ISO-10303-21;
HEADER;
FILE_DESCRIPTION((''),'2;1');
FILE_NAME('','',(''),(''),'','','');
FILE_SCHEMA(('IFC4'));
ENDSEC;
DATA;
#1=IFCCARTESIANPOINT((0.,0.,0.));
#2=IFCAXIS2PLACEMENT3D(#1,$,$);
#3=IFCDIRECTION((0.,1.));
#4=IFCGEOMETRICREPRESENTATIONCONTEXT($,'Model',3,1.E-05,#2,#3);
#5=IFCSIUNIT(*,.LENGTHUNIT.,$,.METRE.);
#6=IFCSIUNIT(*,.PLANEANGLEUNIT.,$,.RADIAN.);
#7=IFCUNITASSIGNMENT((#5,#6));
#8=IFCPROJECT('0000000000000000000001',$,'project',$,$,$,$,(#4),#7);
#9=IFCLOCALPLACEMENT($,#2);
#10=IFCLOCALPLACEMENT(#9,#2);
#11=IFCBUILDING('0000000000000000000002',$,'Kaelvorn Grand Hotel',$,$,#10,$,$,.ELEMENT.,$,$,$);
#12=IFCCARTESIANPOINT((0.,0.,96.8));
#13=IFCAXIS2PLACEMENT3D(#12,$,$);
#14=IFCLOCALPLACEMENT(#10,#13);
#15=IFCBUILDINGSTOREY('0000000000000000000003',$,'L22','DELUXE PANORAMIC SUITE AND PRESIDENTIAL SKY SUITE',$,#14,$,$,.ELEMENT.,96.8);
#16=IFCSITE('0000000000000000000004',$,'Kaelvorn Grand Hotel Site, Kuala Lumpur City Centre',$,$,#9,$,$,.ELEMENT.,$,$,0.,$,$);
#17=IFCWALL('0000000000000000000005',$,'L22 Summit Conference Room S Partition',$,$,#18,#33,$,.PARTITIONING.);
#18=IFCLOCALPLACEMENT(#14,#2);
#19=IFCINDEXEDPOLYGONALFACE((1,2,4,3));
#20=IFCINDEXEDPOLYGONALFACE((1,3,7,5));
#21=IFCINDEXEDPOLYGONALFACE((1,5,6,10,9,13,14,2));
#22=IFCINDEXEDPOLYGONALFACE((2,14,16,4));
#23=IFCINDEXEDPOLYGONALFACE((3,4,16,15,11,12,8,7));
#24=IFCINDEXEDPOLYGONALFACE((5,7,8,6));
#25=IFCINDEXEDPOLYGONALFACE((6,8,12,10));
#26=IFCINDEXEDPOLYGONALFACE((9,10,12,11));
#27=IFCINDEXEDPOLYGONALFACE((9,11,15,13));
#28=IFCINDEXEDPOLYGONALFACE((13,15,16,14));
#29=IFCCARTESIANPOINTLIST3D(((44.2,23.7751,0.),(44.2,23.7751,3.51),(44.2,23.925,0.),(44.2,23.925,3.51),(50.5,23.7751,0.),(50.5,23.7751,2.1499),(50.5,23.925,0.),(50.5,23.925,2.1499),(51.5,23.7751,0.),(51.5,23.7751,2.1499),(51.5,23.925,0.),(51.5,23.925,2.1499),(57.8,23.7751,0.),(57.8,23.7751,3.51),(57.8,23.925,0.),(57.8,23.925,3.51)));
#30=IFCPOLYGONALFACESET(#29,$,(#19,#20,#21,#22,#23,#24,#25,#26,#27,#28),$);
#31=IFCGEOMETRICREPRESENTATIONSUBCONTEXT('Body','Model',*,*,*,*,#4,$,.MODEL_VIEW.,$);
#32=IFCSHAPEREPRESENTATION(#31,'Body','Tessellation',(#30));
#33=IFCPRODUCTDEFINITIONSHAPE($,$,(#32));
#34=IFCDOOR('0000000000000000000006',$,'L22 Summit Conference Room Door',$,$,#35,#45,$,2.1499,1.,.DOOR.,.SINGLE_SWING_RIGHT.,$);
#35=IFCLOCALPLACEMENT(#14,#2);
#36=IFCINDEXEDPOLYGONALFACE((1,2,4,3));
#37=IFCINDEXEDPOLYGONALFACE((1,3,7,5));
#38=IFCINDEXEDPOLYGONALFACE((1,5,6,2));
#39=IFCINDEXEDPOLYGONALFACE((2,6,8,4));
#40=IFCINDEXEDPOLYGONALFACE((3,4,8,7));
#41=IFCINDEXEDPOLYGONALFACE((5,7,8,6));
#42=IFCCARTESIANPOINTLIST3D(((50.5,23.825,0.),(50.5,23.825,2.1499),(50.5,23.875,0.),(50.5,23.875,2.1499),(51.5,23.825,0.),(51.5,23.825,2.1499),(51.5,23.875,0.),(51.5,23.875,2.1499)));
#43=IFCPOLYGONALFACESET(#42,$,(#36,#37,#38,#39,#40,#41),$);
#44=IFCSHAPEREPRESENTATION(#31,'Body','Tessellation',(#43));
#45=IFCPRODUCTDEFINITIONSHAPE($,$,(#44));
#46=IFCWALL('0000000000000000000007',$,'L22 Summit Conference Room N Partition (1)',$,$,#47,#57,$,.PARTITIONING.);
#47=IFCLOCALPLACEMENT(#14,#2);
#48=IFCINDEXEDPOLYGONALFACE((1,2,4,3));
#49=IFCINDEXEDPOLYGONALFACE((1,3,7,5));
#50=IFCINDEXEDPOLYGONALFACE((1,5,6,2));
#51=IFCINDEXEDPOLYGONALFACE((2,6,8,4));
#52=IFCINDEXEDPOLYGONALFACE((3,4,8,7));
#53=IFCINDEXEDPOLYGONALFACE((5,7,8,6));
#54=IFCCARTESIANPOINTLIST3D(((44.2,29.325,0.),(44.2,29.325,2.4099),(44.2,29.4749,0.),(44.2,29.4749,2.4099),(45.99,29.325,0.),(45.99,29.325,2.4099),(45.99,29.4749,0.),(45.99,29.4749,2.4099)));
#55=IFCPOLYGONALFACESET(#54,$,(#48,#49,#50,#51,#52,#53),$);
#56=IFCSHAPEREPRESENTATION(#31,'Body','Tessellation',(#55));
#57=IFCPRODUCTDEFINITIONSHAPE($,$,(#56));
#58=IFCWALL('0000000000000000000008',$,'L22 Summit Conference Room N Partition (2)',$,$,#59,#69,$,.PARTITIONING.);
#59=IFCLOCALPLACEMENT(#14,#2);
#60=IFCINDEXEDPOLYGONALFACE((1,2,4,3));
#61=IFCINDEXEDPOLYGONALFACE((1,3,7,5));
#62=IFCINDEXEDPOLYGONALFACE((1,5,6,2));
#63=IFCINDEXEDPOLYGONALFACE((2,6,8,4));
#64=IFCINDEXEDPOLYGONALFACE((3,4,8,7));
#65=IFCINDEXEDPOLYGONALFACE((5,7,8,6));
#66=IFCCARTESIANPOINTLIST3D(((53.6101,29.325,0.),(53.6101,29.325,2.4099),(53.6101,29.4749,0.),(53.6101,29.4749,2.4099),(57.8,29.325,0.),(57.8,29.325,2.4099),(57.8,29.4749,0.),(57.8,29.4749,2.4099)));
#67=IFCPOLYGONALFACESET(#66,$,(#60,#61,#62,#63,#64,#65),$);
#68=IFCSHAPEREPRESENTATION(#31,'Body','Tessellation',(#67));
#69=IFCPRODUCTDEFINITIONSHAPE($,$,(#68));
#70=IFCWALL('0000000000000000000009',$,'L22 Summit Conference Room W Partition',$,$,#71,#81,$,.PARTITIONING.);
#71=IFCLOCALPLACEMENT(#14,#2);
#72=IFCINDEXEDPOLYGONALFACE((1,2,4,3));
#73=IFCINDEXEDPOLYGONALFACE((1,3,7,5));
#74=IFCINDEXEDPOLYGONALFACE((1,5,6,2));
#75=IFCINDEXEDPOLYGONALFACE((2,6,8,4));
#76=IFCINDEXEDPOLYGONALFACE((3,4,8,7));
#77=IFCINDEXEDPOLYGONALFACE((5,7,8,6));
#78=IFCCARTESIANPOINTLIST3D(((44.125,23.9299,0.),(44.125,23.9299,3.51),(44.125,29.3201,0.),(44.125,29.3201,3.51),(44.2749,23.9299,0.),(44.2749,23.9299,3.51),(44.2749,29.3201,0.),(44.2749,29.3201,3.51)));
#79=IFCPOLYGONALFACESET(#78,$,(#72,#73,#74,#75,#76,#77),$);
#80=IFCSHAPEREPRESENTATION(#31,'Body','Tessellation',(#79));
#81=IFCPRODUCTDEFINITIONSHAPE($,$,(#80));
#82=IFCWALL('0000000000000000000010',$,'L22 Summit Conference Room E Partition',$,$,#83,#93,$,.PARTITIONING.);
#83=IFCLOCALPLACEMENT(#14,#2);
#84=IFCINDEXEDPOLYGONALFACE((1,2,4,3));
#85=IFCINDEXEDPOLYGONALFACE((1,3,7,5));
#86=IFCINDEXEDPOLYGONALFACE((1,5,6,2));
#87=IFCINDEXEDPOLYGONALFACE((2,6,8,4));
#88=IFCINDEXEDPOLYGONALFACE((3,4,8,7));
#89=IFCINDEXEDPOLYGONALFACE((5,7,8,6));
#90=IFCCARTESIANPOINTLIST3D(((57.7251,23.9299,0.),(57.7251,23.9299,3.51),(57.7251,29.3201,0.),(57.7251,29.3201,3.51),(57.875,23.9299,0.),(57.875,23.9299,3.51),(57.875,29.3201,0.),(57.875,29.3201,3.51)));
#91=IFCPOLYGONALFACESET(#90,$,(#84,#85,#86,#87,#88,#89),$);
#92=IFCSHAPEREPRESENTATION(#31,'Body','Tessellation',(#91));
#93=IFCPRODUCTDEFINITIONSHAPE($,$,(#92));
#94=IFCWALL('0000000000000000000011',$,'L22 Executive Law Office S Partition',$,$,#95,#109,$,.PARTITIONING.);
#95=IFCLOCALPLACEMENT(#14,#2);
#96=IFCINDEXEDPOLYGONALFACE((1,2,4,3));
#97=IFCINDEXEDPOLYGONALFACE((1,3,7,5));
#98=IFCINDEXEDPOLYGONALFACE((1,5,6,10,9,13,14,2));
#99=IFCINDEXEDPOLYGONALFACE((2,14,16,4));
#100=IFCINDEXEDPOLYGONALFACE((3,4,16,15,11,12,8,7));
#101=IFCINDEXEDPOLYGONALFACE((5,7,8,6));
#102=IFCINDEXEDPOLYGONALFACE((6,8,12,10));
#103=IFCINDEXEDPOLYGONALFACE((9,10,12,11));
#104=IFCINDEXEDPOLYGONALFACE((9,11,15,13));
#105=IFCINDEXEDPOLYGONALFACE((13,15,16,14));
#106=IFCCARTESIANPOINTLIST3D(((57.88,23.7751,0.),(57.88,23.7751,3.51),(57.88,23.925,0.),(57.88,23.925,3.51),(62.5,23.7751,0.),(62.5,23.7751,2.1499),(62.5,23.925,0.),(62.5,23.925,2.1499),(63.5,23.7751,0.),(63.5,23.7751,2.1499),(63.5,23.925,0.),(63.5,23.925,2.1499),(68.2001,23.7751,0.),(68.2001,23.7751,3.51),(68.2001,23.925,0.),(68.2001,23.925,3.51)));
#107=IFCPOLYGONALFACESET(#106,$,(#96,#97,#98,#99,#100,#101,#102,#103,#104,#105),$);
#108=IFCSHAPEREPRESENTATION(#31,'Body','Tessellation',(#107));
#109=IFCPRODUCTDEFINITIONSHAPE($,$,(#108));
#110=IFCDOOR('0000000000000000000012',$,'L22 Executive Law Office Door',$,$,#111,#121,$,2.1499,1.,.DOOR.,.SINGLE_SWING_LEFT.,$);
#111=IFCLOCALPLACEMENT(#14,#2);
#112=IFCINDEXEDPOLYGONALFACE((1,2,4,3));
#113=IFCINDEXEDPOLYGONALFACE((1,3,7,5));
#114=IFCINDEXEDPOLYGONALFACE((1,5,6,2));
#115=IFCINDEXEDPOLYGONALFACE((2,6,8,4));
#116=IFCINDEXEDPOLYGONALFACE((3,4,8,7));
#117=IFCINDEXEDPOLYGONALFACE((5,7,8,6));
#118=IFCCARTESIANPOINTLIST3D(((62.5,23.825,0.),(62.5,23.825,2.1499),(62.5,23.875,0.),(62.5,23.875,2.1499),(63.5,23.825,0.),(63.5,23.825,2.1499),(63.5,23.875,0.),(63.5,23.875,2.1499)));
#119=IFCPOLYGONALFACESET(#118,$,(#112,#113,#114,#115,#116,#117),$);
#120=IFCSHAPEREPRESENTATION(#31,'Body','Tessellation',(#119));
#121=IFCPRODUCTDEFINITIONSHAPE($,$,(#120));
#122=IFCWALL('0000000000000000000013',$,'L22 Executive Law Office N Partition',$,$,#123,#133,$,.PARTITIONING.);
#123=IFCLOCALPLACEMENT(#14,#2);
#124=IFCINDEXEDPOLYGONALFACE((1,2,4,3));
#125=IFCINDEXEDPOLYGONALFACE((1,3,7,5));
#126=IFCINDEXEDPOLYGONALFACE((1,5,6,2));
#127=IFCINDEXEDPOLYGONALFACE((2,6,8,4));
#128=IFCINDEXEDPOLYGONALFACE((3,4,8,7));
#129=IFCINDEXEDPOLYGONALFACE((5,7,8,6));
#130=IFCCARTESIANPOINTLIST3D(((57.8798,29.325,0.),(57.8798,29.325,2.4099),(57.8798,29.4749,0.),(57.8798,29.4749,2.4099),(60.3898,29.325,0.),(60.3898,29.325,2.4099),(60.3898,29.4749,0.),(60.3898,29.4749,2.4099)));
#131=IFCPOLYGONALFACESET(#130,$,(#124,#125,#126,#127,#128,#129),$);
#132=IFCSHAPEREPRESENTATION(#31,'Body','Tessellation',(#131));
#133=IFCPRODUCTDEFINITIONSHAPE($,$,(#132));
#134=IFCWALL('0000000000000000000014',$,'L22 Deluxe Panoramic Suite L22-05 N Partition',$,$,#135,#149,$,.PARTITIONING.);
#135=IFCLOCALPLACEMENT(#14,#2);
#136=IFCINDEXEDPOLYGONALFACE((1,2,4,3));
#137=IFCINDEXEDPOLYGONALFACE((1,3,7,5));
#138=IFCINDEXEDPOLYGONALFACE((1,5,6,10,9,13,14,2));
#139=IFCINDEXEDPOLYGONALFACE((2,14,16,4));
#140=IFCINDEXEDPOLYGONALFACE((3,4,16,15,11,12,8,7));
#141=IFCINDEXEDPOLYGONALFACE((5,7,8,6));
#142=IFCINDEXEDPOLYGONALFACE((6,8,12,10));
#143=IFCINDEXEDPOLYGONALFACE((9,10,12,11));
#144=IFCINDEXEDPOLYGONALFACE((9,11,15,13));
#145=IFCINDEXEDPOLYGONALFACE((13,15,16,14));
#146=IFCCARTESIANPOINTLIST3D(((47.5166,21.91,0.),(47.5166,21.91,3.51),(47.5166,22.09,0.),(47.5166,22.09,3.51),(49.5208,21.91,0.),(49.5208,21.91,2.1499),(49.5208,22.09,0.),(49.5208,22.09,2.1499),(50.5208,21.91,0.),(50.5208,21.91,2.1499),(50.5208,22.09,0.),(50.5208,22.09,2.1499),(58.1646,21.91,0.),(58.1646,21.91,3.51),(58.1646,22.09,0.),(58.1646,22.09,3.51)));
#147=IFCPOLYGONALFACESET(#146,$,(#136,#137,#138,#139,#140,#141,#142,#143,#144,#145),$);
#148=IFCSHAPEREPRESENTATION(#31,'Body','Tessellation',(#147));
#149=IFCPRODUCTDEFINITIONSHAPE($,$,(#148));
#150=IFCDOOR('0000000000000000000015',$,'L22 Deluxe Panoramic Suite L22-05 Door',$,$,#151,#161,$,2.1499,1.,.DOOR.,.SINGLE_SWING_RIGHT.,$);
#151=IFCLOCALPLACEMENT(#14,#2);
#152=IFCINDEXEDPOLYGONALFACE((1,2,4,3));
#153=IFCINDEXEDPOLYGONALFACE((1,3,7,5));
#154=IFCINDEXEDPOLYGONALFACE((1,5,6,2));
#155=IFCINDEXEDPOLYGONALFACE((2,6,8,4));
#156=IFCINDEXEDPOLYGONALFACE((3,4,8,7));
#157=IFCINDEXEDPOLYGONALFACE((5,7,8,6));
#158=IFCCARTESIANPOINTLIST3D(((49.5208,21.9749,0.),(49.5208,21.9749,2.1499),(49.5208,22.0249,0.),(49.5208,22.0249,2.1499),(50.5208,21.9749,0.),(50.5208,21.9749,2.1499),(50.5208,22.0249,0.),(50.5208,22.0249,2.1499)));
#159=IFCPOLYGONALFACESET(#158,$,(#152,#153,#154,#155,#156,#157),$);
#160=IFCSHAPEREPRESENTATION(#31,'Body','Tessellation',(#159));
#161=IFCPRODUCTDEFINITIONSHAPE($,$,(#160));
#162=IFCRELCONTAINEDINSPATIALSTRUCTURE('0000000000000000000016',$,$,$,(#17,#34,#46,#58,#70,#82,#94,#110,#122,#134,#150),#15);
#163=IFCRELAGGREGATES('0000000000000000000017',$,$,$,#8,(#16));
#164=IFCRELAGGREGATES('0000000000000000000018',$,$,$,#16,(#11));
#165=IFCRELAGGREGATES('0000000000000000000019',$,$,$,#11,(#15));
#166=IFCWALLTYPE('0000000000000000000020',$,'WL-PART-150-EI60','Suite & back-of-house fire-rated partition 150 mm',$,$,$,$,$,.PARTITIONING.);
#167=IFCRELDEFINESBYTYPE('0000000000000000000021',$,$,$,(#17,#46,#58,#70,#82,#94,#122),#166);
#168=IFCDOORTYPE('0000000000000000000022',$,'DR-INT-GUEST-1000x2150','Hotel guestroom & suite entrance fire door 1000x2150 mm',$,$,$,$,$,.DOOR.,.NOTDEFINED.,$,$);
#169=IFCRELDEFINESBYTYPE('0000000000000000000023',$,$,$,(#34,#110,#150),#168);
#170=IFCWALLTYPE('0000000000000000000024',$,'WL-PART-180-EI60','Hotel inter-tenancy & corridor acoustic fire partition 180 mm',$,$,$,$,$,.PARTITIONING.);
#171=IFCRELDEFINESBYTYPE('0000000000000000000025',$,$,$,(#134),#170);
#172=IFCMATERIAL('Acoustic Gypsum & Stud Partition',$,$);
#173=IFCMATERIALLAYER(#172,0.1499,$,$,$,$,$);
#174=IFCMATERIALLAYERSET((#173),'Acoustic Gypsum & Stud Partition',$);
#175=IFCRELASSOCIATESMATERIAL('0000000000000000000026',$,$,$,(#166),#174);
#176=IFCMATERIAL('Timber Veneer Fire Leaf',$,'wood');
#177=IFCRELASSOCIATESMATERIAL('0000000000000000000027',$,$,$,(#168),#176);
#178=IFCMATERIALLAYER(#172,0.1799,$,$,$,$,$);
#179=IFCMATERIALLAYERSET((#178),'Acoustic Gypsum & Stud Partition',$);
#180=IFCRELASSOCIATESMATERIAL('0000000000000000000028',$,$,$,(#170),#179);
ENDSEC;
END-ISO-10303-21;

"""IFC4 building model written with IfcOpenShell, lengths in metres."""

from ifc_helpers import new_model, si_unit, direction, frame, frame_2d, origin, place, context, subcontext, project, spatial, rectangle, extrude, material, layer, layer_set, type_object, element, fill, save


model = new_model("IFC4")

# Units and contexts
model_context = context("Model", 3, precision=1e-05, world=origin(), true_north=direction((0.0, 1.0)))
body_context = subcontext(model_context, "Body", "Model", "MODEL_VIEW")
ifc_project = project(units=[si_unit("LENGTHUNIT", "METRE"), si_unit("PLANEANGLEUNIT", "RADIAN")], contexts=[model_context])

# Site, building, storey
site_placement = place(None, origin())
site = spatial("IfcSite", under=ifc_project, at=site_placement, Name="Kaelvorn Grand Hotel Site, Kuala Lumpur City Centre", CompositionType="ELEMENT", RefElevation=0.0)
building_placement = place(site_placement, origin())
building = spatial("IfcBuilding", under=site, at=building_placement, Name="Kaelvorn Grand Hotel", CompositionType="ELEMENT")
storey_placement = place(building_placement, frame((0.0, 0.0, 96.8)))
storey = spatial("IfcBuildingStorey", under=building, at=storey_placement, Name="L22", Description="DELUXE PANORAMIC SUITE AND PRESIDENTIAL SKY SUITE", CompositionType="ELEMENT", Elevation=96.8)

# Wall, opening, door
ifc_material_1 = material(Name="Acoustic Gypsum & Stud Partition")
ifc_layer_1 = layer(ifc_material_1, 0.1499)
ifc_layer_set_1 = layer_set([ifc_layer_1], Name="Acoustic Gypsum & Stud Partition")
wall_type_1 = type_object("IfcWallType", Name="WL-PART-150-EI60", Description="Suite & back-of-house fire-rated partition 150 mm", PredefinedType="PARTITIONING", material=ifc_layer_set_1)
wall_1_placement = place(storey_placement, frame((44.2, 23.8501, 0.0), z_axis=(0.0, 0.0, 1.0), x_axis=(1.0, 0.0, 0.0)))
wall_1 = element("IfcWall", 1, at=wall_1_placement, inside=storey, type_object=wall_type_1, Name="L22 Summit Conference Room S Partition", PredefinedType="PARTITIONING", context=body_context, shape_type="SweptSolid", body=[
    extrude(rectangle(XDim=13.6001, YDim=0.1499, at=frame_2d((6.8, 0.0))), origin(), (0.0, 0.0, 1.0), 3.51),
])
opening_1_placement = place(wall_1_placement, frame((6.3, 0.0, 0.0)))
opening_1 = element("IfcOpeningElement", 2, at=opening_1_placement, cuts=wall_1, PredefinedType="OPENING", context=body_context, shape_type="SweptSolid", body=[
    extrude(rectangle(XDim=1.0, YDim=2.1499, at=frame_2d((0.5, 1.075))), frame((0.0, 0.085, 0.0), z_axis=(0.0, -1.0, 0.0), x_axis=(1.0, 0.0, 0.0)), (0.0, 0.0, 1.0), 0.1699),
])
ifc_material_2 = material(Name="Timber Veneer Fire Leaf", Category="wood")
door_type_1 = type_object("IfcDoorType", Name="DR-INT-GUEST-1000x2150", Description="Hotel guestroom & suite entrance fire door 1000x2150 mm", OperationType="NOTDEFINED", PredefinedType="DOOR", material=ifc_material_2)
door_1_placement = place(opening_1_placement, origin())
door_1 = element("IfcDoor", 3, at=door_1_placement, inside=storey, type_object=door_type_1, Name="L22 Summit Conference Room Door", OperationType="SINGLE_SWING_RIGHT", OverallHeight=2.1499, OverallWidth=1.0, PredefinedType="DOOR", context=body_context, shape_type="SweptSolid", body=[
    extrude(rectangle(XDim=1.0, YDim=2.1499, at=frame_2d((0.5, 1.075))), frame((0.0, 0.0249, 0.0), z_axis=(0.0, -1.0, 0.0), x_axis=(1.0, 0.0, 0.0)), (0.0, 0.0, 1.0), 0.05),
])
fill(opening_1, door_1)

# Walls
wall_2_placement = place(storey_placement, frame((44.2, 29.3999, 0.0), z_axis=(0.0, 0.0, 1.0), x_axis=(1.0, 0.0, 0.0)))
element("IfcWall", 4, at=wall_2_placement, inside=storey, type_object=wall_type_1, Name="L22 Summit Conference Room N Partition (1)", PredefinedType="PARTITIONING", context=body_context, shape_type="SweptSolid", body=[
    extrude(rectangle(XDim=1.79, YDim=0.1499, at=frame_2d((0.895, 0.0))), origin(), (0.0, 0.0, 1.0), 2.4099),
])
wall_3_placement = place(storey_placement, frame((53.6101, 29.3999, 0.0), z_axis=(0.0, 0.0, 1.0), x_axis=(1.0, 0.0, 0.0)))
element("IfcWall", 5, at=wall_3_placement, inside=storey, type_object=wall_type_1, Name="L22 Summit Conference Room N Partition (2)", PredefinedType="PARTITIONING", context=body_context, shape_type="SweptSolid", body=[
    extrude(rectangle(XDim=4.1899, YDim=0.1499, at=frame_2d((2.095, 0.0))), origin(), (0.0, 0.0, 1.0), 2.4099),
])
for number, where, z_axis, x_axis, name in (
    (6, (44.2, 23.9299, 0.0), (0.0, 0.0, 1.0), (0.0, 1.0, 0.0), "L22 Summit Conference Room W Partition"),
    (7, (57.8, 23.9299, 0.0), (0.0, 0.0, 1.0), (0.0, 1.0, 0.0), "L22 Summit Conference Room E Partition"),
):
    element("IfcWall", number, at=place(storey_placement, frame(where, z_axis=z_axis, x_axis=x_axis)), inside=storey, type_object=wall_type_1, Name=name, PredefinedType="PARTITIONING", context=body_context, shape_type="SweptSolid", body=[
        extrude(rectangle(XDim=5.3901, YDim=0.1499, at=frame_2d((2.6951, 0.0))), origin(), (0.0, 0.0, 1.0), 3.51),
    ])

# Wall, opening, door
wall_4_placement = place(storey_placement, frame((57.8799, 23.8501, 0.0), z_axis=(0.0, 0.0, 1.0), x_axis=(1.0, 0.0, 0.0)))
wall_4 = element("IfcWall", 8, at=wall_4_placement, inside=storey, type_object=wall_type_1, Name="L22 Executive Law Office S Partition", PredefinedType="PARTITIONING", context=body_context, shape_type="SweptSolid", body=[
    extrude(rectangle(XDim=10.3201, YDim=0.1499, at=frame_2d((5.1602, 0.0))), origin(), (0.0, 0.0, 1.0), 3.51),
])
opening_2_placement = place(wall_4_placement, frame((4.6201, 0.0, 0.0)))
opening_2 = element("IfcOpeningElement", 9, at=opening_2_placement, cuts=wall_4, PredefinedType="OPENING", context=body_context, shape_type="SweptSolid", body=[
    extrude(rectangle(XDim=1.0, YDim=2.1499, at=frame_2d((0.5, 1.075))), frame((0.0, 0.085, 0.0), z_axis=(0.0, -1.0, 0.0), x_axis=(1.0, 0.0, 0.0)), (0.0, 0.0, 1.0), 0.1699),
])
door_2_placement = place(opening_2_placement, origin())
door_2 = element("IfcDoor", 10, at=door_2_placement, inside=storey, type_object=door_type_1, Name="L22 Executive Law Office Door", OperationType="SINGLE_SWING_LEFT", OverallHeight=2.1499, OverallWidth=1.0, PredefinedType="DOOR", context=body_context, shape_type="SweptSolid", body=[
    extrude(rectangle(XDim=1.0, YDim=2.1499, at=frame_2d((0.5, 1.075))), frame((0.0, 0.0249, 0.0), z_axis=(0.0, -1.0, 0.0), x_axis=(1.0, 0.0, 0.0)), (0.0, 0.0, 1.0), 0.05),
])
fill(opening_2, door_2)

# Wall
wall_5_placement = place(storey_placement, frame((57.8799, 29.3999, 0.0), z_axis=(0.0, 0.0, 1.0), x_axis=(1.0, 0.0, 0.0)))
element("IfcWall", 11, at=wall_5_placement, inside=storey, type_object=wall_type_1, Name="L22 Executive Law Office N Partition", PredefinedType="PARTITIONING", context=body_context, shape_type="SweptSolid", body=[
    extrude(rectangle(XDim=2.51, YDim=0.1499, at=frame_2d((1.2549, 0.0))), origin(), (0.0, 0.0, 1.0), 2.4099),
])

# Wall, opening, door
ifc_layer_2 = layer(ifc_material_1, 0.1799)
ifc_layer_set_2 = layer_set([ifc_layer_2], Name="Acoustic Gypsum & Stud Partition")
wall_type_2 = type_object("IfcWallType", Name="WL-PART-180-EI60", Description="Hotel inter-tenancy & corridor acoustic fire partition 180 mm", PredefinedType="PARTITIONING", material=ifc_layer_set_2)
wall_6_placement = place(storey_placement, frame((47.5166, 22.0, 0.0), z_axis=(0.0, 0.0, 1.0), x_axis=(1.0, 0.0, 0.0)))
wall_6 = element("IfcWall", 12, at=wall_6_placement, inside=storey, type_object=wall_type_2, Name="L22 Deluxe Panoramic Suite L22-05 N Partition", PredefinedType="PARTITIONING", context=body_context, shape_type="SweptSolid", body=[
    extrude(rectangle(XDim=10.6479, YDim=0.1799, at=frame_2d((5.324, 0.0))), origin(), (0.0, 0.0, 1.0), 3.51),
])
opening_3_placement = place(wall_6_placement, frame((2.0042, 0.0, 0.0)))
opening_3 = element("IfcOpeningElement", 13, at=opening_3_placement, cuts=wall_6, PredefinedType="OPENING", context=body_context, shape_type="SweptSolid", body=[
    extrude(rectangle(XDim=1.0, YDim=2.1499, at=frame_2d((0.5, 1.075))), frame((0.0, 0.1001, 0.0), z_axis=(0.0, -1.0, 0.0), x_axis=(1.0, 0.0, 0.0)), (0.0, 0.0, 1.0), 0.2),
])
door_3_placement = place(opening_3_placement, origin())
door_3 = element("IfcDoor", 14, at=door_3_placement, inside=storey, type_object=door_type_1, Name="L22 Deluxe Panoramic Suite L22-05 Door", OperationType="SINGLE_SWING_RIGHT", OverallHeight=2.1499, OverallWidth=1.0, PredefinedType="DOOR", context=body_context, shape_type="SweptSolid", body=[
    extrude(rectangle(XDim=1.0, YDim=2.1499, at=frame_2d((0.5, 1.075))), frame((0.0, 0.0249, 0.0), z_axis=(0.0, -1.0, 0.0), x_axis=(1.0, 0.0, 0.0)), (0.0, 0.0, 1.0), 0.05),
])
fill(opening_3, door_3)

save(model, "model.ifc")
